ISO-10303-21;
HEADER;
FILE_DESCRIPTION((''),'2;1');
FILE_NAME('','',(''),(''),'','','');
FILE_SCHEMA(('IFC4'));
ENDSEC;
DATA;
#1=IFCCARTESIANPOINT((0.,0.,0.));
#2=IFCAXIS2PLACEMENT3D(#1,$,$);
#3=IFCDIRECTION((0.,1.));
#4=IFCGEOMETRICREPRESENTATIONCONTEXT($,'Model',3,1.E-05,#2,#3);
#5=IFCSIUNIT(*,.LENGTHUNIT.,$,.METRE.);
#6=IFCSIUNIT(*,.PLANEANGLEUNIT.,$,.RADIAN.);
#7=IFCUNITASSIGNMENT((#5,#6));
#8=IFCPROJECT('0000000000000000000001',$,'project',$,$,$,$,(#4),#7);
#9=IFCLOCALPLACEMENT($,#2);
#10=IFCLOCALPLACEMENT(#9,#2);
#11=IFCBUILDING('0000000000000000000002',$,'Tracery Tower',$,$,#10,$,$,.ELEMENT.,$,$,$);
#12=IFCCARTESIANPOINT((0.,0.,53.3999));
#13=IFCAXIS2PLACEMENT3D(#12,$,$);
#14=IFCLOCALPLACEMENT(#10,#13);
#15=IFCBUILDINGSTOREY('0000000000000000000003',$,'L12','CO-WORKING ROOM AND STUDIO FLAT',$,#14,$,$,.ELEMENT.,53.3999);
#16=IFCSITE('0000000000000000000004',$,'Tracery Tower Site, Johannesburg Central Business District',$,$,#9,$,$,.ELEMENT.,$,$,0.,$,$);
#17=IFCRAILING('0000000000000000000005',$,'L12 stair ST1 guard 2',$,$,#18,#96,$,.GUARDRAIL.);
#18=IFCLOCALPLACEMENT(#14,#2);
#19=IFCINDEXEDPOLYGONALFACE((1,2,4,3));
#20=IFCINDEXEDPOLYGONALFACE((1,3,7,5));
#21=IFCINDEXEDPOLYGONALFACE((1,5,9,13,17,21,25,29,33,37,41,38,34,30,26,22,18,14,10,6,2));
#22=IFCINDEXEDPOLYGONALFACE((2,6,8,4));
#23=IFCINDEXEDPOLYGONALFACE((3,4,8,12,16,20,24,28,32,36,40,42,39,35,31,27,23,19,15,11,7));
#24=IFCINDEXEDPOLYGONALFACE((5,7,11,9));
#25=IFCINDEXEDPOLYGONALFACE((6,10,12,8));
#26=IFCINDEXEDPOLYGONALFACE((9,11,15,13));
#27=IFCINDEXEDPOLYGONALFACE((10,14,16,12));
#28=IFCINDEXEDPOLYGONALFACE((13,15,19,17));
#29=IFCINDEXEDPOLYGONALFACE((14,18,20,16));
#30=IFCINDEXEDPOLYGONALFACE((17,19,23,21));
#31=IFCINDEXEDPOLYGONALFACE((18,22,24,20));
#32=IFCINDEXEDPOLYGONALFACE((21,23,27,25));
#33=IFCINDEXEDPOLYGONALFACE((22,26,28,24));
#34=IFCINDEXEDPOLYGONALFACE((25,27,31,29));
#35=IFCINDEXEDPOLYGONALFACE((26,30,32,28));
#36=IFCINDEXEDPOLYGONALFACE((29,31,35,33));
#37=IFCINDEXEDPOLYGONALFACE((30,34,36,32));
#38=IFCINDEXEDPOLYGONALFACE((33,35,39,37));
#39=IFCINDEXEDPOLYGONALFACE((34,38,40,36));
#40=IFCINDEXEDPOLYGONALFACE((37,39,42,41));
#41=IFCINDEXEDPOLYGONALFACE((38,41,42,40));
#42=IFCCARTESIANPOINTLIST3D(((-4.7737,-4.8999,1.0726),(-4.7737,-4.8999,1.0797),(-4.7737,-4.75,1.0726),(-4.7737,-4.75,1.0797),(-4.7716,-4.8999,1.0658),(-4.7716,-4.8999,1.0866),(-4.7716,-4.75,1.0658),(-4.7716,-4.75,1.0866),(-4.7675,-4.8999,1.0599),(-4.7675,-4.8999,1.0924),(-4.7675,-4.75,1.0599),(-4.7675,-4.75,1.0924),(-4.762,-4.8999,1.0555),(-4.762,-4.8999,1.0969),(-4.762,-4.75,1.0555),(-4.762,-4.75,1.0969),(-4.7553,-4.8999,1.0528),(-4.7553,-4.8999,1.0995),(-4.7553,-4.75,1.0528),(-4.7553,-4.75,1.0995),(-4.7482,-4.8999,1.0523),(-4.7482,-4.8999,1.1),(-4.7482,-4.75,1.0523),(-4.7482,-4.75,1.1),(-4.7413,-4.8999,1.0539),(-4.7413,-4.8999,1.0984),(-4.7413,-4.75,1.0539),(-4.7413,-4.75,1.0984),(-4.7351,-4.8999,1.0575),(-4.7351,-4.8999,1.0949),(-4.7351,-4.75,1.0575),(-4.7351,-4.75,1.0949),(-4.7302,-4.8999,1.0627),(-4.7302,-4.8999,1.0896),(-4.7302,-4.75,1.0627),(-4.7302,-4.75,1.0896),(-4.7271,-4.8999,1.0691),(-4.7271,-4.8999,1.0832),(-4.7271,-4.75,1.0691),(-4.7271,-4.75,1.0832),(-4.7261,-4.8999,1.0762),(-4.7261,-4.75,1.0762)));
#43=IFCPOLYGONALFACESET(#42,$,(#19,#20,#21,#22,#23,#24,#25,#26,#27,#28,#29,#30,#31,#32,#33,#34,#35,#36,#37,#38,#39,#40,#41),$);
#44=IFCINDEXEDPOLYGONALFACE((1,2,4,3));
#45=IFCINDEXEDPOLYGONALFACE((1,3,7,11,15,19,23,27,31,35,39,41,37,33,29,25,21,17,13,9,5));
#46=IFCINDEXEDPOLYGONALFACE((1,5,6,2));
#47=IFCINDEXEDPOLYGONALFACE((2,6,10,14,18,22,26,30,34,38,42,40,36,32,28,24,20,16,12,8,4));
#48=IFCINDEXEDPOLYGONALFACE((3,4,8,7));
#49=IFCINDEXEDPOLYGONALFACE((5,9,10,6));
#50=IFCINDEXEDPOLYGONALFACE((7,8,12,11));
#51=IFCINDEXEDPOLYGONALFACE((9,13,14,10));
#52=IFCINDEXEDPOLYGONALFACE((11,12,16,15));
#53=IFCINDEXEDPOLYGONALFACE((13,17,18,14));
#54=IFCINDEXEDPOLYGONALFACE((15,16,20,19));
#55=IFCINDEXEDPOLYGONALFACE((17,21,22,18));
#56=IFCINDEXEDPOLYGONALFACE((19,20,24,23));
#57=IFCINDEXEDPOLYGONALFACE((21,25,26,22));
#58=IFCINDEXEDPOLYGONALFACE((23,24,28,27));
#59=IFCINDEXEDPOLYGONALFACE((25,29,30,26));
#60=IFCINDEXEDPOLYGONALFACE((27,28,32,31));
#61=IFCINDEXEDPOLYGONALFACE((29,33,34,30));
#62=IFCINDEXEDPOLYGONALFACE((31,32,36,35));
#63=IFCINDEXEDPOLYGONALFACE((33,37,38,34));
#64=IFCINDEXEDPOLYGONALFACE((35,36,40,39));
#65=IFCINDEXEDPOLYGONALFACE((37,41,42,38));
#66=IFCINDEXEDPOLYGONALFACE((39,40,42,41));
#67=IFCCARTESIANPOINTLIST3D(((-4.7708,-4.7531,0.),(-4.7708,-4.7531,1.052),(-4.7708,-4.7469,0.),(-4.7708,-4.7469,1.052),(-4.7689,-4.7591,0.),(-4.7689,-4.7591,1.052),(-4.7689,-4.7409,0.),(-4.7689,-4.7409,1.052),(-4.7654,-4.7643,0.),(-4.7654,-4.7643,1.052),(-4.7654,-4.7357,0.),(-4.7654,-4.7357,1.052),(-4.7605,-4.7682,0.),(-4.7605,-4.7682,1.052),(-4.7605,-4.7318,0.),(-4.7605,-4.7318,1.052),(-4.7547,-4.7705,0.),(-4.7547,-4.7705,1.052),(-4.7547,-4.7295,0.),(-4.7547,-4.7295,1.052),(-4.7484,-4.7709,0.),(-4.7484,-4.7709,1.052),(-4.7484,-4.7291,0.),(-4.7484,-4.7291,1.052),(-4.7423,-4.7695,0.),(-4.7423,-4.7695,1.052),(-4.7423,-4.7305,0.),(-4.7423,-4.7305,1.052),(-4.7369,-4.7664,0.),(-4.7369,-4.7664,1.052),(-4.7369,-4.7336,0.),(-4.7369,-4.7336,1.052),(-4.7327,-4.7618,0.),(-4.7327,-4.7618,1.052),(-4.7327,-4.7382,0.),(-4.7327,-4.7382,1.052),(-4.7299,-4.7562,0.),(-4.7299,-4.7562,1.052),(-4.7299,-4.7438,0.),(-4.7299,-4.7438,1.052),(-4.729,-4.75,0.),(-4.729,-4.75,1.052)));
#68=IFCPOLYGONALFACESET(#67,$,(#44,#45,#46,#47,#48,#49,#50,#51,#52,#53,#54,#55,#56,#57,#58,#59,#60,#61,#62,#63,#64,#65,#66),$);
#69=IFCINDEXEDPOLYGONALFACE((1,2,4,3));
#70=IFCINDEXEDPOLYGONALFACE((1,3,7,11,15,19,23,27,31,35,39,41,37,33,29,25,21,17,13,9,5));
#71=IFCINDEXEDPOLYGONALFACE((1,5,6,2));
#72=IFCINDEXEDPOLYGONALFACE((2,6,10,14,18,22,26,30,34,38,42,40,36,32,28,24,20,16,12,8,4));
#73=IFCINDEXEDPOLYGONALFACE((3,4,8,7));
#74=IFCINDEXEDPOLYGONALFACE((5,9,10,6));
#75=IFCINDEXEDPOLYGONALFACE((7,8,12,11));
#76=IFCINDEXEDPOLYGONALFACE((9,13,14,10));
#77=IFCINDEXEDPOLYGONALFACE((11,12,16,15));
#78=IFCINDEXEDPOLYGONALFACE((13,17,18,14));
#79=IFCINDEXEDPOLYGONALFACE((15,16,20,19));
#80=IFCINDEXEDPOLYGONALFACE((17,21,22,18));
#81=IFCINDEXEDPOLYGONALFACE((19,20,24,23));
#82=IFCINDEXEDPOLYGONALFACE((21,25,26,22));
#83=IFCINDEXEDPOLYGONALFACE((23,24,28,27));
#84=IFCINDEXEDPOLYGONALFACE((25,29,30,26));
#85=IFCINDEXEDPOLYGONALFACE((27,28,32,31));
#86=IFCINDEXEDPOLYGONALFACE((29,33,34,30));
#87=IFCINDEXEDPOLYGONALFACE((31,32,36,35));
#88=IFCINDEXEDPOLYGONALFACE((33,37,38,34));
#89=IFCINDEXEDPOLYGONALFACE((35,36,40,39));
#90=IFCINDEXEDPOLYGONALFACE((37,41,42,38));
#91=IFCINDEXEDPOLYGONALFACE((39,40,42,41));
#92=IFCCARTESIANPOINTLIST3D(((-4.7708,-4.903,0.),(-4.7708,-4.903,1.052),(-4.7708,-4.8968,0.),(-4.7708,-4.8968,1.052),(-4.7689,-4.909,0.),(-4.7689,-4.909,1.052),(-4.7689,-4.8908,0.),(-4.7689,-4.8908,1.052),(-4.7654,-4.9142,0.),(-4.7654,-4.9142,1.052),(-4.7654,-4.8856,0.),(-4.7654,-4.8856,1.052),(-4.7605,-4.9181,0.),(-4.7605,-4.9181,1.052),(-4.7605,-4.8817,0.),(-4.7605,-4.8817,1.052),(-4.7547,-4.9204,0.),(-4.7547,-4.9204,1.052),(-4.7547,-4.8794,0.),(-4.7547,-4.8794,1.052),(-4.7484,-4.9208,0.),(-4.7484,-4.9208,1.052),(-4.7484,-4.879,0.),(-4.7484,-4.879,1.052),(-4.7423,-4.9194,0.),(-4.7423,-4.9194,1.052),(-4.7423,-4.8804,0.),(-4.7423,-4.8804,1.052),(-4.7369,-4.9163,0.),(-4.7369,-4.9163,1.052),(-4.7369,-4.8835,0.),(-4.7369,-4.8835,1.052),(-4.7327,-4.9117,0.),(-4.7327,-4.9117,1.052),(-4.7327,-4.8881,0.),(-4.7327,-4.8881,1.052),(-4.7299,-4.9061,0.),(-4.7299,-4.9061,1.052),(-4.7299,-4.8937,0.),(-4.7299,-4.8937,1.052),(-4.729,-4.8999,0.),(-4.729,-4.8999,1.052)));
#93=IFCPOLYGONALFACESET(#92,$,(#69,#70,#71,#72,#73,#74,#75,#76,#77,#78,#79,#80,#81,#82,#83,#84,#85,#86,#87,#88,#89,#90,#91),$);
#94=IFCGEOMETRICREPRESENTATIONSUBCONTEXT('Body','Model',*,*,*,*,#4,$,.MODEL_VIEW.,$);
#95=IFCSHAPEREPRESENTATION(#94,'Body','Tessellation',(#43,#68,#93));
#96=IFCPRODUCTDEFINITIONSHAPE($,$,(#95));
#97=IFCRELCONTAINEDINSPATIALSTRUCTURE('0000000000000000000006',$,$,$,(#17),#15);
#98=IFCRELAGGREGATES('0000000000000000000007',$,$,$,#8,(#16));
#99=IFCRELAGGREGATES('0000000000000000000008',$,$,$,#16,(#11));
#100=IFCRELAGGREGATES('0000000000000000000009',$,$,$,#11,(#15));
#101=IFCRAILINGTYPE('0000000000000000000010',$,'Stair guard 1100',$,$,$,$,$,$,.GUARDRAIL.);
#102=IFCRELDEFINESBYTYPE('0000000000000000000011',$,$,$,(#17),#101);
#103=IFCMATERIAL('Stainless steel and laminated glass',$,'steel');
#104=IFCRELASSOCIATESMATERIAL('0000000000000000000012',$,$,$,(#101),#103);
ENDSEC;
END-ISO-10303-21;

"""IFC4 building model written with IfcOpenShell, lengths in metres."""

from ifc_helpers import new_model, si_unit, direction, frame, origin, origin_2d, place, context, subcontext, project, spatial, circle, extrude, material, type_object, element, save


model = new_model("IFC4")

# Units and contexts
model_context = context("Model", 3, precision=1e-05, world=origin(), true_north=direction((0.0, 1.0)))
body_context = subcontext(model_context, "Body", "Model", "MODEL_VIEW")
ifc_project = project(units=[si_unit("LENGTHUNIT", "METRE"), si_unit("PLANEANGLEUNIT", "RADIAN")], contexts=[model_context])

# Site, building, storey
site_placement = place(None, origin())
site = spatial("IfcSite", under=ifc_project, at=site_placement, Name="Tracery Tower Site, Johannesburg Central Business District", CompositionType="ELEMENT", RefElevation=0.0)
building_placement = place(site_placement, origin())
building = spatial("IfcBuilding", under=site, at=building_placement, Name="Tracery Tower", CompositionType="ELEMENT")
storey_placement = place(building_placement, frame((0.0, 0.0, 53.3999)))
storey = spatial("IfcBuildingStorey", under=building, at=storey_placement, Name="L12", Description="CO-WORKING ROOM AND STUDIO FLAT", CompositionType="ELEMENT", Elevation=53.3999)

# Railing
ifc_material_1 = material(Name="Stainless steel and laminated glass", Category="steel")
railing_type_1 = type_object("IfcRailingType", Name="Stair guard 1100", PredefinedType="GUARDRAIL", material=ifc_material_1)
railing_1_placement = place(storey_placement, frame((-4.75, -4.75, 0.0)))
element("IfcRailing", 1, at=railing_1_placement, inside=storey, type_object=railing_type_1, Name="L12 stair ST1 guard 2", PredefinedType="GUARDRAIL", context=body_context, shape_type="SweptSolid", body=[
    extrude(circle(Radius=0.0239, at=origin_2d()), frame((0.0, 0.0, 1.0762), z_axis=(0.0, -1.0, 0.0), x_axis=(1.0, 0.0, 0.0)), (0.0, 0.0, 1.0), 0.1499),
    extrude(circle(Radius=0.021, at=origin_2d()), origin(), (0.0, 0.0, 1.0), 1.052),
    extrude(circle(Radius=0.021, at=origin_2d()), frame((0.0, -0.1499, 0.0)), (0.0, 0.0, 1.0), 1.052),
])

save(model, "model.ifc")
